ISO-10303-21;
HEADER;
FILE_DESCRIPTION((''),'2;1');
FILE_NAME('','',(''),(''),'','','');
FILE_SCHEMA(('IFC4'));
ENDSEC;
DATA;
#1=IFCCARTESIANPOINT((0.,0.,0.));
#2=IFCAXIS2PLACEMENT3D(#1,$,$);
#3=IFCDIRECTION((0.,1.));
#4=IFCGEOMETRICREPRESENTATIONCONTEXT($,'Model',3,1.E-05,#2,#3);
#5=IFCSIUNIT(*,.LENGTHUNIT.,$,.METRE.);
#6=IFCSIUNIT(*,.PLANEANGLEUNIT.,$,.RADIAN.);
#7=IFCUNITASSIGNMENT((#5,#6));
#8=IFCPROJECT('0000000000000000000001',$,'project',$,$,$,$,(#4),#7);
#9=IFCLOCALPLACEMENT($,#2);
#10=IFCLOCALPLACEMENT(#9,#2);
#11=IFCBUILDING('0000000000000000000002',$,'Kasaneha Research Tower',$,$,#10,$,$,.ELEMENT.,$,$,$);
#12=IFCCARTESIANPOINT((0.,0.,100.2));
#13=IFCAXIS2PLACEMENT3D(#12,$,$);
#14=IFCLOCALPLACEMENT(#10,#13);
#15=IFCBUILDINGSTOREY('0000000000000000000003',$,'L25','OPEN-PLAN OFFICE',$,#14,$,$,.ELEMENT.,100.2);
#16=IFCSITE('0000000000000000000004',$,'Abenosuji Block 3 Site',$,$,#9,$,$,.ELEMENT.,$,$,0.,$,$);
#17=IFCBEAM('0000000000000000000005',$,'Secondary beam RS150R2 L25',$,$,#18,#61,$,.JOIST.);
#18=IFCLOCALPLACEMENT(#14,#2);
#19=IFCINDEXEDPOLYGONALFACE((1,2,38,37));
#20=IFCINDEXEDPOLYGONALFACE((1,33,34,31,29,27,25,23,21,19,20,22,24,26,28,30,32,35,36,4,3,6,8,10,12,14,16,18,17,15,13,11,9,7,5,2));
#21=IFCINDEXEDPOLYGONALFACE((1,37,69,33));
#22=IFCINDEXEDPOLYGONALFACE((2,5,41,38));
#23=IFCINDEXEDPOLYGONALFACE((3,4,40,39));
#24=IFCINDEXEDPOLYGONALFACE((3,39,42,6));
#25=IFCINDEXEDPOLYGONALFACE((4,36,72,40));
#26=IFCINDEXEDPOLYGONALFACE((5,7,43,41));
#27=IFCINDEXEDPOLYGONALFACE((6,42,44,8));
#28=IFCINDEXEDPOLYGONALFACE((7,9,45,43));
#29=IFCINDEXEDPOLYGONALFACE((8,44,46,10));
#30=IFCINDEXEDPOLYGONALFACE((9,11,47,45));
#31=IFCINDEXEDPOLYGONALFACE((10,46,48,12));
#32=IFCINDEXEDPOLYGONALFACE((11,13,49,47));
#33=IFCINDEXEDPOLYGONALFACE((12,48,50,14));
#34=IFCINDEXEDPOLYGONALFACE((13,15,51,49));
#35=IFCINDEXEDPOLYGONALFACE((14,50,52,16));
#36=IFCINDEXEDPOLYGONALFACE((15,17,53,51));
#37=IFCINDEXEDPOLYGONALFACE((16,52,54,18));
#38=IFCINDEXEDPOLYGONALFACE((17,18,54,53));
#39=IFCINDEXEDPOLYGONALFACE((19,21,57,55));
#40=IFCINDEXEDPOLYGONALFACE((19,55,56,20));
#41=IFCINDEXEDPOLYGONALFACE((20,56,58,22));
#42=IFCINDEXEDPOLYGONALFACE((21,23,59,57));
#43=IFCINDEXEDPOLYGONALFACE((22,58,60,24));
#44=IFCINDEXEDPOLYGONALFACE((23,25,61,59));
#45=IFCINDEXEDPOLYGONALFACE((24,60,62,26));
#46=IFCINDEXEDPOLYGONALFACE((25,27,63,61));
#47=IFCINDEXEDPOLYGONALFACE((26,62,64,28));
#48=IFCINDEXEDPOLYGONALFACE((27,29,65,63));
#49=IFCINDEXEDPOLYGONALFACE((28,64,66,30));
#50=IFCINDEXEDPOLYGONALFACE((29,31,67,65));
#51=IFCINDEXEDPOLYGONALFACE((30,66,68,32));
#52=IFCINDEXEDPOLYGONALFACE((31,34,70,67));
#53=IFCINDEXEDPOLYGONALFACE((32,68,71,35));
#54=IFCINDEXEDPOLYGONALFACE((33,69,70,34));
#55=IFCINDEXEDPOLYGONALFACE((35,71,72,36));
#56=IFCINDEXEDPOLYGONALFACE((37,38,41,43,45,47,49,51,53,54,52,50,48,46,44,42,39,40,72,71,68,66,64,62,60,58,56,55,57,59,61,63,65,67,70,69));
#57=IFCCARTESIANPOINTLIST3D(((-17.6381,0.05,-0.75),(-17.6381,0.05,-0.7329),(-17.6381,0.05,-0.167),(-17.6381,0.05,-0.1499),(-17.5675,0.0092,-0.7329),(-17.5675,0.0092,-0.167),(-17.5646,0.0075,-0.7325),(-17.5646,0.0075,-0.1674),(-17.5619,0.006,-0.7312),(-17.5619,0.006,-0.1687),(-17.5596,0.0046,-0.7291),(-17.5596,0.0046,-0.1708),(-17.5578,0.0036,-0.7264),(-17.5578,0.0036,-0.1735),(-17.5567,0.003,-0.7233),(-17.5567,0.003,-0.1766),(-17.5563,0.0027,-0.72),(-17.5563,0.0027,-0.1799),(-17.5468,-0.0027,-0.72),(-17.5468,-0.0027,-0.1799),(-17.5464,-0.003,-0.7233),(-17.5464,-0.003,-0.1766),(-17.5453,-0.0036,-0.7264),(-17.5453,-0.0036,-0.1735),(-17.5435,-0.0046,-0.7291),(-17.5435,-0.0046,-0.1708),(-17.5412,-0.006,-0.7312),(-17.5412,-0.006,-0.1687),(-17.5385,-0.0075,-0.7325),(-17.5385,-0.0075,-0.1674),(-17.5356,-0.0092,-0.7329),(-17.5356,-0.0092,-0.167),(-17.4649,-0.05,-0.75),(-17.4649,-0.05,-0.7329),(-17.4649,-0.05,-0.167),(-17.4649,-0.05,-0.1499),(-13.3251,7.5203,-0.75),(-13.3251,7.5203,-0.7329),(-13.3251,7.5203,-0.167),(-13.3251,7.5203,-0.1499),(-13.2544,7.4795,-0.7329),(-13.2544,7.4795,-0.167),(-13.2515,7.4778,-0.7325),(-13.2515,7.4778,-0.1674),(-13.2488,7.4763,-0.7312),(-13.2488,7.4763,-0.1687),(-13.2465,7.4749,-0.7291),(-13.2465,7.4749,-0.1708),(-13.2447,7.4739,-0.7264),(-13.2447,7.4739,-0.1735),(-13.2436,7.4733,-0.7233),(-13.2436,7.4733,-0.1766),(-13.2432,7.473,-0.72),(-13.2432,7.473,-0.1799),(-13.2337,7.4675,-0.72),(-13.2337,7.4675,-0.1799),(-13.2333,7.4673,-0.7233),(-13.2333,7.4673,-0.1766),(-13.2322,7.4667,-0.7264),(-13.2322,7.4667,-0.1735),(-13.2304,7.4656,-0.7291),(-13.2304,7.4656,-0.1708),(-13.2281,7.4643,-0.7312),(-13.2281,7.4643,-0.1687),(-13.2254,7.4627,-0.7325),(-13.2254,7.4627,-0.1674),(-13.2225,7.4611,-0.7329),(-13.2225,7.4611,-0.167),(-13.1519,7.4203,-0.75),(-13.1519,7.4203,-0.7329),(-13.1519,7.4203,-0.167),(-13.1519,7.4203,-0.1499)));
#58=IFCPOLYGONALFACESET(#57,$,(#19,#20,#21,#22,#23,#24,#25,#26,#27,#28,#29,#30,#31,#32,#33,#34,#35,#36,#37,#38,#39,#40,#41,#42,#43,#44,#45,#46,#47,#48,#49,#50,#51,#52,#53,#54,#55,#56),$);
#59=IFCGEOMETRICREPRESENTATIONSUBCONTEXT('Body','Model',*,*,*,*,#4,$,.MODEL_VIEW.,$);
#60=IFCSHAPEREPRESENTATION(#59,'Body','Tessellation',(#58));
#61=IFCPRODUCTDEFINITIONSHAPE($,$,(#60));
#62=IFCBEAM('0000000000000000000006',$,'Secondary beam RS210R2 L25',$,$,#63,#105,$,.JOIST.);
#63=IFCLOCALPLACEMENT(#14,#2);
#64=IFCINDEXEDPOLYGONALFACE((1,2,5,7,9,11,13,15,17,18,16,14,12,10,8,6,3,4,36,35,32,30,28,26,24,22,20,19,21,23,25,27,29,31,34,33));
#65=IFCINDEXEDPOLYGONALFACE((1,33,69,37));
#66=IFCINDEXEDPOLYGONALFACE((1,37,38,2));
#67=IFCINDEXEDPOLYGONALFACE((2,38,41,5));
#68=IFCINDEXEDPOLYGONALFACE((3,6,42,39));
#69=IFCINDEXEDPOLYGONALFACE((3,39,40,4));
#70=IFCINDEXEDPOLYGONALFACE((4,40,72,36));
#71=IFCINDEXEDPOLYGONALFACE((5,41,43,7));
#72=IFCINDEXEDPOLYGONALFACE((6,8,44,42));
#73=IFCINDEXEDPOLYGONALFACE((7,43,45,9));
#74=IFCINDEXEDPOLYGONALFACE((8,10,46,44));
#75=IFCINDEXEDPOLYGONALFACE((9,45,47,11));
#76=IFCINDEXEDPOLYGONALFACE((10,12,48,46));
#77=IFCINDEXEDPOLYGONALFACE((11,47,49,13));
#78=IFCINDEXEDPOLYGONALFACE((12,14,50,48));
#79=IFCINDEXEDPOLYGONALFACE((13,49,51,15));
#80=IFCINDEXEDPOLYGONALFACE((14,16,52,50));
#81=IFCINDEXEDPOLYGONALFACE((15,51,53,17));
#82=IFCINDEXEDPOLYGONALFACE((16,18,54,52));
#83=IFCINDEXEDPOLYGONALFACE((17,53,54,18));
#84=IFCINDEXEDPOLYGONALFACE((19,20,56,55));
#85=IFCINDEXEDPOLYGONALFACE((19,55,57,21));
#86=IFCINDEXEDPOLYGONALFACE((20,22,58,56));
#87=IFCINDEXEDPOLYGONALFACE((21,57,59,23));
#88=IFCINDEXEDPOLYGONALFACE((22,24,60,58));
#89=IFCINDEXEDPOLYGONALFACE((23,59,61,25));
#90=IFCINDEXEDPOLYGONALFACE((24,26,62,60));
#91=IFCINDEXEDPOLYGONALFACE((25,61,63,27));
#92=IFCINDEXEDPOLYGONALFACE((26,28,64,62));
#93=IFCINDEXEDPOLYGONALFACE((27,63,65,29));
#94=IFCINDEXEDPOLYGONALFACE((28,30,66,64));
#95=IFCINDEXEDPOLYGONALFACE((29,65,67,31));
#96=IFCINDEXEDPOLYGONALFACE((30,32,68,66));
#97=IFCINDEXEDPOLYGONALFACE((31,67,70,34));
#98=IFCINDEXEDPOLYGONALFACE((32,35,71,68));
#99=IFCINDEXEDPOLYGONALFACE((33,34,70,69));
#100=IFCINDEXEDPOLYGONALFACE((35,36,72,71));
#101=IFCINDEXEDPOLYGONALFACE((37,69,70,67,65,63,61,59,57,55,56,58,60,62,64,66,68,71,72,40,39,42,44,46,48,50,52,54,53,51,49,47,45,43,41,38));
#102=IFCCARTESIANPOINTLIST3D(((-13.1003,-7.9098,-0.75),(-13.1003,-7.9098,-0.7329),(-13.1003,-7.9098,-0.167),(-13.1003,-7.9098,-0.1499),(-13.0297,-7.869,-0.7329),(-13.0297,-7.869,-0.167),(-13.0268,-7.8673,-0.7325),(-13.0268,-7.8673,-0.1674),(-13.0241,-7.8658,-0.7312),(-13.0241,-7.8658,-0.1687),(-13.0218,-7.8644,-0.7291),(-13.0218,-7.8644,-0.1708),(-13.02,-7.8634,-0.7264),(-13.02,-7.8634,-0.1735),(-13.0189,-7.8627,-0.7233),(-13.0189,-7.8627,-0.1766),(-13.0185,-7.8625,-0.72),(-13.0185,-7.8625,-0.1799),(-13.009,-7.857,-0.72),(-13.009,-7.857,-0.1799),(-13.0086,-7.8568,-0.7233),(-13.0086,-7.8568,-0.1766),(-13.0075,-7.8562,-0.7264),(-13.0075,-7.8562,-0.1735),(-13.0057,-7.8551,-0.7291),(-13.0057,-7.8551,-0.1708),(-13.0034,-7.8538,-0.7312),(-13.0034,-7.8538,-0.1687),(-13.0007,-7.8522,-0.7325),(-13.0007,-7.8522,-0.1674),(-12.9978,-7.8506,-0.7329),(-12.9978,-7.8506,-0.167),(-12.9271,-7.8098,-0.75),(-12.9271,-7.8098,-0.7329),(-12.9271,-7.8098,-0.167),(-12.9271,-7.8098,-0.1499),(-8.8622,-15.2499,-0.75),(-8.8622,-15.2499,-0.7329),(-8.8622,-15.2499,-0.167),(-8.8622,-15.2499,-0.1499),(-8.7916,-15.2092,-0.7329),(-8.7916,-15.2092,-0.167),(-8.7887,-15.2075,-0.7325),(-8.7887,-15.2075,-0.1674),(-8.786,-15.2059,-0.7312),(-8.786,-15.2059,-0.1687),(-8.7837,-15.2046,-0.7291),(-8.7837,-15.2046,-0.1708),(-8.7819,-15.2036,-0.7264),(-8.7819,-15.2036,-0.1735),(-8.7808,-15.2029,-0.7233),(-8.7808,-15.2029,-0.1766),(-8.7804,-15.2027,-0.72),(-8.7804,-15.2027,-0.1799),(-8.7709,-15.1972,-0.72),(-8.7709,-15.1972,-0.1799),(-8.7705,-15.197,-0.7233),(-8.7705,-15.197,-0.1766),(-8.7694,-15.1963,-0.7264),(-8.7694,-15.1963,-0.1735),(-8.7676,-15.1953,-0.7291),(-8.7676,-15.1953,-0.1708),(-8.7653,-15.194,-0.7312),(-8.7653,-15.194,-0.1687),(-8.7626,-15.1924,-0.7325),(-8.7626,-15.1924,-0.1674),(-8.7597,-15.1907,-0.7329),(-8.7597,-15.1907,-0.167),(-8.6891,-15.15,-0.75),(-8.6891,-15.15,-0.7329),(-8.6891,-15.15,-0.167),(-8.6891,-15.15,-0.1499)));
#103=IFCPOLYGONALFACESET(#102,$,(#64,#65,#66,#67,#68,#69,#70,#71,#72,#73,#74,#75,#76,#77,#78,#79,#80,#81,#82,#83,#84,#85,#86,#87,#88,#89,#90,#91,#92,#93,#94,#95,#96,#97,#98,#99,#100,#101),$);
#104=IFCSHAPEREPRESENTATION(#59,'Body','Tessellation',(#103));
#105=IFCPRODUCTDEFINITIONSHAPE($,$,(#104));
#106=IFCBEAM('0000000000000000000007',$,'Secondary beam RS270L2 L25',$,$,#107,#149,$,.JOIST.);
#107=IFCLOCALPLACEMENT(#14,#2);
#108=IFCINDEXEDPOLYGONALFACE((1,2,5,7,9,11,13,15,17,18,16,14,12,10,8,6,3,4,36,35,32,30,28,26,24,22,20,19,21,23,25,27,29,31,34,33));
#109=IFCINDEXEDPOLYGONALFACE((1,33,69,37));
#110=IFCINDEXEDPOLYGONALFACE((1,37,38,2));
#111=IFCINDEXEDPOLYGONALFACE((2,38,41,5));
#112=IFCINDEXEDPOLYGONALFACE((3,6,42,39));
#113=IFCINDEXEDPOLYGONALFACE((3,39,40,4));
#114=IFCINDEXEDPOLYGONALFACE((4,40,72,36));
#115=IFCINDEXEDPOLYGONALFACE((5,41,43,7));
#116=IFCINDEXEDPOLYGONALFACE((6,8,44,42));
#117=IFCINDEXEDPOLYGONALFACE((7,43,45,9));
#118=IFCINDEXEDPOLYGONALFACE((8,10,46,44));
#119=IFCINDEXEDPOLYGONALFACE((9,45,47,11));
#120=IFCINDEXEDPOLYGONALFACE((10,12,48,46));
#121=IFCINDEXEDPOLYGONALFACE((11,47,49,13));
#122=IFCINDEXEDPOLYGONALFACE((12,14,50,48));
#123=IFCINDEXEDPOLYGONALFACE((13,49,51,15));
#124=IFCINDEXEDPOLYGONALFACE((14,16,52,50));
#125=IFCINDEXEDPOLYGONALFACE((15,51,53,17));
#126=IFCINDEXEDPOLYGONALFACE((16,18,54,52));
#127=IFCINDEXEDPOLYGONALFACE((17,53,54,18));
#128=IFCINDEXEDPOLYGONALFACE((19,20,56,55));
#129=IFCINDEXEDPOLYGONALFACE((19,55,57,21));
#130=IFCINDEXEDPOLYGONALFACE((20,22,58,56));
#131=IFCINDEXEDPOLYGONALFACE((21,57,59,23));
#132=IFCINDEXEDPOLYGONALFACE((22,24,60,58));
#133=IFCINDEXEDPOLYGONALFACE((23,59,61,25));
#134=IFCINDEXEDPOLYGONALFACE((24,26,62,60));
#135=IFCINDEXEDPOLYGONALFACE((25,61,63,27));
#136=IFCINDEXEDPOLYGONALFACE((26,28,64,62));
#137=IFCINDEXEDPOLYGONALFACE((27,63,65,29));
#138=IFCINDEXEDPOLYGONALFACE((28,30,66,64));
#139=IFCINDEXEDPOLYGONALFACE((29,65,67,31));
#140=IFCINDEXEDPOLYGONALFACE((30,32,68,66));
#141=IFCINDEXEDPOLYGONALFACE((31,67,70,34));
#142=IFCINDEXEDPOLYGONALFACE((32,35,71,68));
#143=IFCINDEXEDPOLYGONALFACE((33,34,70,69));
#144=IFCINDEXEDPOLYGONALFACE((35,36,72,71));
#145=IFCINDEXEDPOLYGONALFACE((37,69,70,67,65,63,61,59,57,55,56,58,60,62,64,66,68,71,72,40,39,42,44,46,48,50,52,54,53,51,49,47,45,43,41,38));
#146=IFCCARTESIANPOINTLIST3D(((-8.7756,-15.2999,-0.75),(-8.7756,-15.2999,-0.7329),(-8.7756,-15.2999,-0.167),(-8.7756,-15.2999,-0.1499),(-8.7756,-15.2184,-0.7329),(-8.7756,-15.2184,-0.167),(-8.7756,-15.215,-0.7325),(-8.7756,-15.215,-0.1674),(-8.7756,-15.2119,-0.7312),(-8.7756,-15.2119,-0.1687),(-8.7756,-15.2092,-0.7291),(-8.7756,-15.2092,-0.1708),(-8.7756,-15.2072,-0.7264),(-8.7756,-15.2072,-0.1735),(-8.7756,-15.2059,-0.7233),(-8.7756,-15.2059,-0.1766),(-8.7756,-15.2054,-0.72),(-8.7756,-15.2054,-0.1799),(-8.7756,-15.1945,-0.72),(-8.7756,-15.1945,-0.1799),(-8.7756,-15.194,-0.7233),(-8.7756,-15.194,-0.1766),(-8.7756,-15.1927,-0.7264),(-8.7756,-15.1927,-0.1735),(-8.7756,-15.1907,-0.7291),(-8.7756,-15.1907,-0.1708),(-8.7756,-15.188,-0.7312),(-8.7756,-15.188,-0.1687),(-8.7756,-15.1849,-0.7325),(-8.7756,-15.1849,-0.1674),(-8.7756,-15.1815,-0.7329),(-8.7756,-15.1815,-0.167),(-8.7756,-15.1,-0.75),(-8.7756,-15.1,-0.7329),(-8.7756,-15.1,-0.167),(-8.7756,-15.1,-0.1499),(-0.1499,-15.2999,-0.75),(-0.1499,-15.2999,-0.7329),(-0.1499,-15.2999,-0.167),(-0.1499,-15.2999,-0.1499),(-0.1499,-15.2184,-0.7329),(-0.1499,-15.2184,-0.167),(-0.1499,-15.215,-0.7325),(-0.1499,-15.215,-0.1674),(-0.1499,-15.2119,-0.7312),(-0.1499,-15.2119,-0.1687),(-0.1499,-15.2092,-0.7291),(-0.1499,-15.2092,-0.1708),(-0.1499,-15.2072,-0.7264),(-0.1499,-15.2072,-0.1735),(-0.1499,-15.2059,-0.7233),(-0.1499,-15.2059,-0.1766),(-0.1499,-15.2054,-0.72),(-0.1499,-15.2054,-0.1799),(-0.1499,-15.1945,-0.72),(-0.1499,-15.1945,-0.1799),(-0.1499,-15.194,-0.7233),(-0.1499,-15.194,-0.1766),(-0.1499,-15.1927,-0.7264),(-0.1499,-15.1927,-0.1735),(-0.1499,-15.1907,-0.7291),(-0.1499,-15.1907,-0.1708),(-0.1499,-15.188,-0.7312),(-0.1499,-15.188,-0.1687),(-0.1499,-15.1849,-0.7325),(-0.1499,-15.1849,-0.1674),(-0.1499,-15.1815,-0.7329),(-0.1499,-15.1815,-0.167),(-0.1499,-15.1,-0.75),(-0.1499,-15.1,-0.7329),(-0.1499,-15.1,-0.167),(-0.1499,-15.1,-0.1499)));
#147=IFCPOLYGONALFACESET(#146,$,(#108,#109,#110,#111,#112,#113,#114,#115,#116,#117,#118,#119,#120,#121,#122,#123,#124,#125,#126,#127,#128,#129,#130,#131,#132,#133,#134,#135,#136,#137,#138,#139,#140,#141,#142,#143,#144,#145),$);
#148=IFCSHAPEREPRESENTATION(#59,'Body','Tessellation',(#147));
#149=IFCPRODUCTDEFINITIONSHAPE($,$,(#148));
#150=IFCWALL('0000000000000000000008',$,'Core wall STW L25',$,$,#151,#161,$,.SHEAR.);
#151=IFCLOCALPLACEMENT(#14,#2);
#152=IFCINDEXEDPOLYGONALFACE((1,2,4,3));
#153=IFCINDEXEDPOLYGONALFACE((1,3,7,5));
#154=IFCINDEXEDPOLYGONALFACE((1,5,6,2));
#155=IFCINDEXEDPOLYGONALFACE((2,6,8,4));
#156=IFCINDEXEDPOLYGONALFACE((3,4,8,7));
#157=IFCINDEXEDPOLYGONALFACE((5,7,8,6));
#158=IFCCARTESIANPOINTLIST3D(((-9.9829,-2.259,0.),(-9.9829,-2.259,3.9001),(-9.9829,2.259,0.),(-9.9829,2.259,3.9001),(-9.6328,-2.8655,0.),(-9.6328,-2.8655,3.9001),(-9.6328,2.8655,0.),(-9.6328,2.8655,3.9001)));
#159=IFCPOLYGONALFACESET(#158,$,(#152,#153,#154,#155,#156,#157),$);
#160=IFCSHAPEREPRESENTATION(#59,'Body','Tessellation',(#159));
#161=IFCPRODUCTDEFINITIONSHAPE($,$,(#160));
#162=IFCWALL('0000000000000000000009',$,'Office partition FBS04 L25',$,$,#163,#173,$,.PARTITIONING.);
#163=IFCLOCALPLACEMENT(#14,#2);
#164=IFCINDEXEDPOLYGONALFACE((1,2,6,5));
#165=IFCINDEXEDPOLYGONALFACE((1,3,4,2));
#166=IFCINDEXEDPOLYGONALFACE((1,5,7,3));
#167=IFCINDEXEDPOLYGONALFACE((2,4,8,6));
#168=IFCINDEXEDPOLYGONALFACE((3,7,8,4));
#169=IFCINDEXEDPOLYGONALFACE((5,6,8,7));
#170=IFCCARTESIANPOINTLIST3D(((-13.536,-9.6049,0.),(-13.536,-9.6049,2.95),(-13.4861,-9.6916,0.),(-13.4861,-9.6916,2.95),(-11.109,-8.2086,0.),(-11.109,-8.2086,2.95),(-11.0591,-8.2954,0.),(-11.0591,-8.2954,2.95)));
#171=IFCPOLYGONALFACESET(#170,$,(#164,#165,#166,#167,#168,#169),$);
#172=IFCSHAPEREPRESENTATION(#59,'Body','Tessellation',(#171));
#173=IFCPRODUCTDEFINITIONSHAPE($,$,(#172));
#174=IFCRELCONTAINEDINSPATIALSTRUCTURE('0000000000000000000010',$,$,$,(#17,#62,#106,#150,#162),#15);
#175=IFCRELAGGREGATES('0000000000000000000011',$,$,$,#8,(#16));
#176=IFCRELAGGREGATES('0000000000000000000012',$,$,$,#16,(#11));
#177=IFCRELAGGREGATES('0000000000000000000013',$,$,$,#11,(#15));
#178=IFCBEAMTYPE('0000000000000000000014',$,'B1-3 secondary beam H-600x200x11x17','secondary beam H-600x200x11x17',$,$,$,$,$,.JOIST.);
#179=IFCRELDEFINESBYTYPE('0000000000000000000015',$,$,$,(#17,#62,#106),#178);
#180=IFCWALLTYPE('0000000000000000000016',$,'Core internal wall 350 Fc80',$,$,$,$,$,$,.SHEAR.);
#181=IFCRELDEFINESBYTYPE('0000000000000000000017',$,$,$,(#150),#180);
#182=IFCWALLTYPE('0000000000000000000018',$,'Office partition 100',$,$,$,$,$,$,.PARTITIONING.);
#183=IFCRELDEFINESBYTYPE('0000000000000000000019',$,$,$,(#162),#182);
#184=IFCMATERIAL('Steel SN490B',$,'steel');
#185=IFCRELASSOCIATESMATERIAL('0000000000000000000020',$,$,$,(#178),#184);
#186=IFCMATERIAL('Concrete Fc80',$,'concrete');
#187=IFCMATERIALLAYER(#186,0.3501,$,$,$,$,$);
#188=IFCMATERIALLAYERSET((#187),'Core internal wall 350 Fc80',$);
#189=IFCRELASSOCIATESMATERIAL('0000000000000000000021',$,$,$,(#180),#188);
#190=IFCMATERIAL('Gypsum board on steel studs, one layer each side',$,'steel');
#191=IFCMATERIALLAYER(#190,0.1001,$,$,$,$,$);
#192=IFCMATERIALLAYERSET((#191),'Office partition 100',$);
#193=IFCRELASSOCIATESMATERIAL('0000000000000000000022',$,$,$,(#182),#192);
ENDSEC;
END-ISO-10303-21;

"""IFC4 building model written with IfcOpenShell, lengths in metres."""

from ifc_helpers import new_model, si_unit, direction, frame, frame_2d, origin, origin_2d, place, context, subcontext, project, spatial, polyline, rectangle, i_section, outline, extrude, material, layer, layer_set, material_profile, profile_set, type_object, element, save


model = new_model("IFC4")

# Units and contexts
model_context = context("Model", 3, precision=1e-05, world=origin(), true_north=direction((0.0, 1.0)))
body_context = subcontext(model_context, "Body", "Model", "MODEL_VIEW")
ifc_project = project(units=[si_unit("LENGTHUNIT", "METRE"), si_unit("PLANEANGLEUNIT", "RADIAN")], contexts=[model_context])

# Site, building, storey
site_placement = place(None, origin())
site = spatial("IfcSite", under=ifc_project, at=site_placement, Name="Abenosuji Block 3 Site", CompositionType="ELEMENT", RefElevation=0.0)
building_placement = place(site_placement, origin())
building = spatial("IfcBuilding", under=site, at=building_placement, Name="Kasaneha Research Tower", CompositionType="ELEMENT")
storey_placement = place(building_placement, frame((0.0, 0.0, 100.2)))
storey = spatial("IfcBuildingStorey", under=building, at=storey_placement, Name="L25", Description="OPEN-PLAN OFFICE", CompositionType="ELEMENT", Elevation=100.2)

# Beams
ifc_material_1 = material(Name="Steel SN490B", Category="steel")
ifc_material_profile_1 = material_profile(ifc_material_1, i_section(OverallWidth=0.2, OverallDepth=0.6001, WebThickness=0.011, FlangeThickness=0.0171, FilletRadius=0.0129, at=origin_2d()), Name="H-600x200x11x17")
ifc_profile_set_1 = profile_set([ifc_material_profile_1], Name="Steel SN490B")
beam_type = type_object("IfcBeamType", Name="B1-3 secondary beam H-600x200x11x17", Description="secondary beam H-600x200x11x17", PredefinedType="JOIST", material=ifc_profile_set_1)
beam_1_placement = place(storey_placement, frame((-17.5515, 0.0, -0.45), z_axis=(0.500005, 0.866023, 0.0), x_axis=(-0.866023, 0.500005, 0.0)))
element("IfcBeam", 1, at=beam_1_placement, inside=storey, type_object=beam_type, Name="Secondary beam RS150R2 L25", PredefinedType="JOIST", context=body_context, shape_type="SweptSolid", body=[
    extrude(i_section(OverallWidth=0.2, OverallDepth=0.6001, WebThickness=0.011, FlangeThickness=0.0171, FilletRadius=0.0129, at=origin_2d()), origin(), (0.0, 0.0, 1.0), 8.626),
])
beam_2_placement = place(storey_placement, frame((-8.7756, -15.2, -0.45), z_axis=(-0.500021, 0.866013, 0.0), x_axis=(-0.866013, -0.500021, 0.0)))
element("IfcBeam", 2, at=beam_2_placement, inside=storey, type_object=beam_type, Name="Secondary beam RS210R2 L25", PredefinedType="JOIST", context=body_context, shape_type="SweptSolid", body=[
    extrude(i_section(OverallWidth=0.2, OverallDepth=0.6001, WebThickness=0.011, FlangeThickness=0.0171, FilletRadius=0.0129, at=origin_2d()), origin(), (0.0, 0.0, 1.0), 8.4758),
])
beam_3_placement = place(storey_placement, frame((-8.7756, -15.2, -0.45), z_axis=(1.0, 0.0, 0.0), x_axis=(0.0, 1.0, 0.0)))
element("IfcBeam", 3, at=beam_3_placement, inside=storey, type_object=beam_type, Name="Secondary beam RS270L2 L25", PredefinedType="JOIST", context=body_context, shape_type="SweptSolid", body=[
    extrude(i_section(OverallWidth=0.2, OverallDepth=0.6001, WebThickness=0.011, FlangeThickness=0.0171, FilletRadius=0.0129, at=origin_2d()), origin(), (0.0, 0.0, 1.0), 8.6257),
])

# Shared definitions
ifc_material_2 = material(Name="Concrete Fc80", Category="concrete")
ifc_layer_1 = layer(ifc_material_2, 0.3501)
ifc_layer_set_1 = layer_set([ifc_layer_1], Name="Core internal wall 350 Fc80")
wall_type_1 = type_object("IfcWallType", Name="Core internal wall 350 Fc80", PredefinedType="SHEAR", material=ifc_layer_set_1)

# Walls
wall_1_placement = place(storey_placement, frame((-9.8079, -2.5623, 0.0), z_axis=(0.0, 0.0, 1.0), x_axis=(0.0, 1.0, 0.0)))
element("IfcWall", 4, at=wall_1_placement, inside=storey, type_object=wall_type_1, Name="Core wall STW L25", PredefinedType="SHEAR", context=body_context, shape_type="SweptSolid", body=[
    extrude(outline(polyline([(-0.3032, -0.175), (5.4277, -0.175), (4.8213, 0.175), (0.3032, 0.175), (-0.3032, -0.175)])), origin(), (0.0, 0.0, 1.0), 3.9001),
])
ifc_material_3 = material(Name="Gypsum board on steel studs, one layer each side", Category="steel")
ifc_layer_2 = layer(ifc_material_3, 0.1001)
ifc_layer_set_2 = layer_set([ifc_layer_2], Name="Office partition 100")
wall_type_2 = type_object("IfcWallType", Name="Office partition 100", PredefinedType="PARTITIONING", material=ifc_layer_set_2)
wall_2_placement = place(storey_placement, frame((-13.511, -9.6482, 0.0), z_axis=(0.0, 0.0, 1.0), x_axis=(0.866796, 0.498663, 0.0)))
element("IfcWall", 5, at=wall_2_placement, inside=storey, type_object=wall_type_2, Name="Office partition FBS04 L25", PredefinedType="PARTITIONING", context=body_context, shape_type="SweptSolid", body=[
    extrude(rectangle(XDim=2.8, YDim=0.1001, at=frame_2d((1.3999, 0.0))), origin(), (0.0, 0.0, 1.0), 2.95),
])

save(model, "model.ifc")
